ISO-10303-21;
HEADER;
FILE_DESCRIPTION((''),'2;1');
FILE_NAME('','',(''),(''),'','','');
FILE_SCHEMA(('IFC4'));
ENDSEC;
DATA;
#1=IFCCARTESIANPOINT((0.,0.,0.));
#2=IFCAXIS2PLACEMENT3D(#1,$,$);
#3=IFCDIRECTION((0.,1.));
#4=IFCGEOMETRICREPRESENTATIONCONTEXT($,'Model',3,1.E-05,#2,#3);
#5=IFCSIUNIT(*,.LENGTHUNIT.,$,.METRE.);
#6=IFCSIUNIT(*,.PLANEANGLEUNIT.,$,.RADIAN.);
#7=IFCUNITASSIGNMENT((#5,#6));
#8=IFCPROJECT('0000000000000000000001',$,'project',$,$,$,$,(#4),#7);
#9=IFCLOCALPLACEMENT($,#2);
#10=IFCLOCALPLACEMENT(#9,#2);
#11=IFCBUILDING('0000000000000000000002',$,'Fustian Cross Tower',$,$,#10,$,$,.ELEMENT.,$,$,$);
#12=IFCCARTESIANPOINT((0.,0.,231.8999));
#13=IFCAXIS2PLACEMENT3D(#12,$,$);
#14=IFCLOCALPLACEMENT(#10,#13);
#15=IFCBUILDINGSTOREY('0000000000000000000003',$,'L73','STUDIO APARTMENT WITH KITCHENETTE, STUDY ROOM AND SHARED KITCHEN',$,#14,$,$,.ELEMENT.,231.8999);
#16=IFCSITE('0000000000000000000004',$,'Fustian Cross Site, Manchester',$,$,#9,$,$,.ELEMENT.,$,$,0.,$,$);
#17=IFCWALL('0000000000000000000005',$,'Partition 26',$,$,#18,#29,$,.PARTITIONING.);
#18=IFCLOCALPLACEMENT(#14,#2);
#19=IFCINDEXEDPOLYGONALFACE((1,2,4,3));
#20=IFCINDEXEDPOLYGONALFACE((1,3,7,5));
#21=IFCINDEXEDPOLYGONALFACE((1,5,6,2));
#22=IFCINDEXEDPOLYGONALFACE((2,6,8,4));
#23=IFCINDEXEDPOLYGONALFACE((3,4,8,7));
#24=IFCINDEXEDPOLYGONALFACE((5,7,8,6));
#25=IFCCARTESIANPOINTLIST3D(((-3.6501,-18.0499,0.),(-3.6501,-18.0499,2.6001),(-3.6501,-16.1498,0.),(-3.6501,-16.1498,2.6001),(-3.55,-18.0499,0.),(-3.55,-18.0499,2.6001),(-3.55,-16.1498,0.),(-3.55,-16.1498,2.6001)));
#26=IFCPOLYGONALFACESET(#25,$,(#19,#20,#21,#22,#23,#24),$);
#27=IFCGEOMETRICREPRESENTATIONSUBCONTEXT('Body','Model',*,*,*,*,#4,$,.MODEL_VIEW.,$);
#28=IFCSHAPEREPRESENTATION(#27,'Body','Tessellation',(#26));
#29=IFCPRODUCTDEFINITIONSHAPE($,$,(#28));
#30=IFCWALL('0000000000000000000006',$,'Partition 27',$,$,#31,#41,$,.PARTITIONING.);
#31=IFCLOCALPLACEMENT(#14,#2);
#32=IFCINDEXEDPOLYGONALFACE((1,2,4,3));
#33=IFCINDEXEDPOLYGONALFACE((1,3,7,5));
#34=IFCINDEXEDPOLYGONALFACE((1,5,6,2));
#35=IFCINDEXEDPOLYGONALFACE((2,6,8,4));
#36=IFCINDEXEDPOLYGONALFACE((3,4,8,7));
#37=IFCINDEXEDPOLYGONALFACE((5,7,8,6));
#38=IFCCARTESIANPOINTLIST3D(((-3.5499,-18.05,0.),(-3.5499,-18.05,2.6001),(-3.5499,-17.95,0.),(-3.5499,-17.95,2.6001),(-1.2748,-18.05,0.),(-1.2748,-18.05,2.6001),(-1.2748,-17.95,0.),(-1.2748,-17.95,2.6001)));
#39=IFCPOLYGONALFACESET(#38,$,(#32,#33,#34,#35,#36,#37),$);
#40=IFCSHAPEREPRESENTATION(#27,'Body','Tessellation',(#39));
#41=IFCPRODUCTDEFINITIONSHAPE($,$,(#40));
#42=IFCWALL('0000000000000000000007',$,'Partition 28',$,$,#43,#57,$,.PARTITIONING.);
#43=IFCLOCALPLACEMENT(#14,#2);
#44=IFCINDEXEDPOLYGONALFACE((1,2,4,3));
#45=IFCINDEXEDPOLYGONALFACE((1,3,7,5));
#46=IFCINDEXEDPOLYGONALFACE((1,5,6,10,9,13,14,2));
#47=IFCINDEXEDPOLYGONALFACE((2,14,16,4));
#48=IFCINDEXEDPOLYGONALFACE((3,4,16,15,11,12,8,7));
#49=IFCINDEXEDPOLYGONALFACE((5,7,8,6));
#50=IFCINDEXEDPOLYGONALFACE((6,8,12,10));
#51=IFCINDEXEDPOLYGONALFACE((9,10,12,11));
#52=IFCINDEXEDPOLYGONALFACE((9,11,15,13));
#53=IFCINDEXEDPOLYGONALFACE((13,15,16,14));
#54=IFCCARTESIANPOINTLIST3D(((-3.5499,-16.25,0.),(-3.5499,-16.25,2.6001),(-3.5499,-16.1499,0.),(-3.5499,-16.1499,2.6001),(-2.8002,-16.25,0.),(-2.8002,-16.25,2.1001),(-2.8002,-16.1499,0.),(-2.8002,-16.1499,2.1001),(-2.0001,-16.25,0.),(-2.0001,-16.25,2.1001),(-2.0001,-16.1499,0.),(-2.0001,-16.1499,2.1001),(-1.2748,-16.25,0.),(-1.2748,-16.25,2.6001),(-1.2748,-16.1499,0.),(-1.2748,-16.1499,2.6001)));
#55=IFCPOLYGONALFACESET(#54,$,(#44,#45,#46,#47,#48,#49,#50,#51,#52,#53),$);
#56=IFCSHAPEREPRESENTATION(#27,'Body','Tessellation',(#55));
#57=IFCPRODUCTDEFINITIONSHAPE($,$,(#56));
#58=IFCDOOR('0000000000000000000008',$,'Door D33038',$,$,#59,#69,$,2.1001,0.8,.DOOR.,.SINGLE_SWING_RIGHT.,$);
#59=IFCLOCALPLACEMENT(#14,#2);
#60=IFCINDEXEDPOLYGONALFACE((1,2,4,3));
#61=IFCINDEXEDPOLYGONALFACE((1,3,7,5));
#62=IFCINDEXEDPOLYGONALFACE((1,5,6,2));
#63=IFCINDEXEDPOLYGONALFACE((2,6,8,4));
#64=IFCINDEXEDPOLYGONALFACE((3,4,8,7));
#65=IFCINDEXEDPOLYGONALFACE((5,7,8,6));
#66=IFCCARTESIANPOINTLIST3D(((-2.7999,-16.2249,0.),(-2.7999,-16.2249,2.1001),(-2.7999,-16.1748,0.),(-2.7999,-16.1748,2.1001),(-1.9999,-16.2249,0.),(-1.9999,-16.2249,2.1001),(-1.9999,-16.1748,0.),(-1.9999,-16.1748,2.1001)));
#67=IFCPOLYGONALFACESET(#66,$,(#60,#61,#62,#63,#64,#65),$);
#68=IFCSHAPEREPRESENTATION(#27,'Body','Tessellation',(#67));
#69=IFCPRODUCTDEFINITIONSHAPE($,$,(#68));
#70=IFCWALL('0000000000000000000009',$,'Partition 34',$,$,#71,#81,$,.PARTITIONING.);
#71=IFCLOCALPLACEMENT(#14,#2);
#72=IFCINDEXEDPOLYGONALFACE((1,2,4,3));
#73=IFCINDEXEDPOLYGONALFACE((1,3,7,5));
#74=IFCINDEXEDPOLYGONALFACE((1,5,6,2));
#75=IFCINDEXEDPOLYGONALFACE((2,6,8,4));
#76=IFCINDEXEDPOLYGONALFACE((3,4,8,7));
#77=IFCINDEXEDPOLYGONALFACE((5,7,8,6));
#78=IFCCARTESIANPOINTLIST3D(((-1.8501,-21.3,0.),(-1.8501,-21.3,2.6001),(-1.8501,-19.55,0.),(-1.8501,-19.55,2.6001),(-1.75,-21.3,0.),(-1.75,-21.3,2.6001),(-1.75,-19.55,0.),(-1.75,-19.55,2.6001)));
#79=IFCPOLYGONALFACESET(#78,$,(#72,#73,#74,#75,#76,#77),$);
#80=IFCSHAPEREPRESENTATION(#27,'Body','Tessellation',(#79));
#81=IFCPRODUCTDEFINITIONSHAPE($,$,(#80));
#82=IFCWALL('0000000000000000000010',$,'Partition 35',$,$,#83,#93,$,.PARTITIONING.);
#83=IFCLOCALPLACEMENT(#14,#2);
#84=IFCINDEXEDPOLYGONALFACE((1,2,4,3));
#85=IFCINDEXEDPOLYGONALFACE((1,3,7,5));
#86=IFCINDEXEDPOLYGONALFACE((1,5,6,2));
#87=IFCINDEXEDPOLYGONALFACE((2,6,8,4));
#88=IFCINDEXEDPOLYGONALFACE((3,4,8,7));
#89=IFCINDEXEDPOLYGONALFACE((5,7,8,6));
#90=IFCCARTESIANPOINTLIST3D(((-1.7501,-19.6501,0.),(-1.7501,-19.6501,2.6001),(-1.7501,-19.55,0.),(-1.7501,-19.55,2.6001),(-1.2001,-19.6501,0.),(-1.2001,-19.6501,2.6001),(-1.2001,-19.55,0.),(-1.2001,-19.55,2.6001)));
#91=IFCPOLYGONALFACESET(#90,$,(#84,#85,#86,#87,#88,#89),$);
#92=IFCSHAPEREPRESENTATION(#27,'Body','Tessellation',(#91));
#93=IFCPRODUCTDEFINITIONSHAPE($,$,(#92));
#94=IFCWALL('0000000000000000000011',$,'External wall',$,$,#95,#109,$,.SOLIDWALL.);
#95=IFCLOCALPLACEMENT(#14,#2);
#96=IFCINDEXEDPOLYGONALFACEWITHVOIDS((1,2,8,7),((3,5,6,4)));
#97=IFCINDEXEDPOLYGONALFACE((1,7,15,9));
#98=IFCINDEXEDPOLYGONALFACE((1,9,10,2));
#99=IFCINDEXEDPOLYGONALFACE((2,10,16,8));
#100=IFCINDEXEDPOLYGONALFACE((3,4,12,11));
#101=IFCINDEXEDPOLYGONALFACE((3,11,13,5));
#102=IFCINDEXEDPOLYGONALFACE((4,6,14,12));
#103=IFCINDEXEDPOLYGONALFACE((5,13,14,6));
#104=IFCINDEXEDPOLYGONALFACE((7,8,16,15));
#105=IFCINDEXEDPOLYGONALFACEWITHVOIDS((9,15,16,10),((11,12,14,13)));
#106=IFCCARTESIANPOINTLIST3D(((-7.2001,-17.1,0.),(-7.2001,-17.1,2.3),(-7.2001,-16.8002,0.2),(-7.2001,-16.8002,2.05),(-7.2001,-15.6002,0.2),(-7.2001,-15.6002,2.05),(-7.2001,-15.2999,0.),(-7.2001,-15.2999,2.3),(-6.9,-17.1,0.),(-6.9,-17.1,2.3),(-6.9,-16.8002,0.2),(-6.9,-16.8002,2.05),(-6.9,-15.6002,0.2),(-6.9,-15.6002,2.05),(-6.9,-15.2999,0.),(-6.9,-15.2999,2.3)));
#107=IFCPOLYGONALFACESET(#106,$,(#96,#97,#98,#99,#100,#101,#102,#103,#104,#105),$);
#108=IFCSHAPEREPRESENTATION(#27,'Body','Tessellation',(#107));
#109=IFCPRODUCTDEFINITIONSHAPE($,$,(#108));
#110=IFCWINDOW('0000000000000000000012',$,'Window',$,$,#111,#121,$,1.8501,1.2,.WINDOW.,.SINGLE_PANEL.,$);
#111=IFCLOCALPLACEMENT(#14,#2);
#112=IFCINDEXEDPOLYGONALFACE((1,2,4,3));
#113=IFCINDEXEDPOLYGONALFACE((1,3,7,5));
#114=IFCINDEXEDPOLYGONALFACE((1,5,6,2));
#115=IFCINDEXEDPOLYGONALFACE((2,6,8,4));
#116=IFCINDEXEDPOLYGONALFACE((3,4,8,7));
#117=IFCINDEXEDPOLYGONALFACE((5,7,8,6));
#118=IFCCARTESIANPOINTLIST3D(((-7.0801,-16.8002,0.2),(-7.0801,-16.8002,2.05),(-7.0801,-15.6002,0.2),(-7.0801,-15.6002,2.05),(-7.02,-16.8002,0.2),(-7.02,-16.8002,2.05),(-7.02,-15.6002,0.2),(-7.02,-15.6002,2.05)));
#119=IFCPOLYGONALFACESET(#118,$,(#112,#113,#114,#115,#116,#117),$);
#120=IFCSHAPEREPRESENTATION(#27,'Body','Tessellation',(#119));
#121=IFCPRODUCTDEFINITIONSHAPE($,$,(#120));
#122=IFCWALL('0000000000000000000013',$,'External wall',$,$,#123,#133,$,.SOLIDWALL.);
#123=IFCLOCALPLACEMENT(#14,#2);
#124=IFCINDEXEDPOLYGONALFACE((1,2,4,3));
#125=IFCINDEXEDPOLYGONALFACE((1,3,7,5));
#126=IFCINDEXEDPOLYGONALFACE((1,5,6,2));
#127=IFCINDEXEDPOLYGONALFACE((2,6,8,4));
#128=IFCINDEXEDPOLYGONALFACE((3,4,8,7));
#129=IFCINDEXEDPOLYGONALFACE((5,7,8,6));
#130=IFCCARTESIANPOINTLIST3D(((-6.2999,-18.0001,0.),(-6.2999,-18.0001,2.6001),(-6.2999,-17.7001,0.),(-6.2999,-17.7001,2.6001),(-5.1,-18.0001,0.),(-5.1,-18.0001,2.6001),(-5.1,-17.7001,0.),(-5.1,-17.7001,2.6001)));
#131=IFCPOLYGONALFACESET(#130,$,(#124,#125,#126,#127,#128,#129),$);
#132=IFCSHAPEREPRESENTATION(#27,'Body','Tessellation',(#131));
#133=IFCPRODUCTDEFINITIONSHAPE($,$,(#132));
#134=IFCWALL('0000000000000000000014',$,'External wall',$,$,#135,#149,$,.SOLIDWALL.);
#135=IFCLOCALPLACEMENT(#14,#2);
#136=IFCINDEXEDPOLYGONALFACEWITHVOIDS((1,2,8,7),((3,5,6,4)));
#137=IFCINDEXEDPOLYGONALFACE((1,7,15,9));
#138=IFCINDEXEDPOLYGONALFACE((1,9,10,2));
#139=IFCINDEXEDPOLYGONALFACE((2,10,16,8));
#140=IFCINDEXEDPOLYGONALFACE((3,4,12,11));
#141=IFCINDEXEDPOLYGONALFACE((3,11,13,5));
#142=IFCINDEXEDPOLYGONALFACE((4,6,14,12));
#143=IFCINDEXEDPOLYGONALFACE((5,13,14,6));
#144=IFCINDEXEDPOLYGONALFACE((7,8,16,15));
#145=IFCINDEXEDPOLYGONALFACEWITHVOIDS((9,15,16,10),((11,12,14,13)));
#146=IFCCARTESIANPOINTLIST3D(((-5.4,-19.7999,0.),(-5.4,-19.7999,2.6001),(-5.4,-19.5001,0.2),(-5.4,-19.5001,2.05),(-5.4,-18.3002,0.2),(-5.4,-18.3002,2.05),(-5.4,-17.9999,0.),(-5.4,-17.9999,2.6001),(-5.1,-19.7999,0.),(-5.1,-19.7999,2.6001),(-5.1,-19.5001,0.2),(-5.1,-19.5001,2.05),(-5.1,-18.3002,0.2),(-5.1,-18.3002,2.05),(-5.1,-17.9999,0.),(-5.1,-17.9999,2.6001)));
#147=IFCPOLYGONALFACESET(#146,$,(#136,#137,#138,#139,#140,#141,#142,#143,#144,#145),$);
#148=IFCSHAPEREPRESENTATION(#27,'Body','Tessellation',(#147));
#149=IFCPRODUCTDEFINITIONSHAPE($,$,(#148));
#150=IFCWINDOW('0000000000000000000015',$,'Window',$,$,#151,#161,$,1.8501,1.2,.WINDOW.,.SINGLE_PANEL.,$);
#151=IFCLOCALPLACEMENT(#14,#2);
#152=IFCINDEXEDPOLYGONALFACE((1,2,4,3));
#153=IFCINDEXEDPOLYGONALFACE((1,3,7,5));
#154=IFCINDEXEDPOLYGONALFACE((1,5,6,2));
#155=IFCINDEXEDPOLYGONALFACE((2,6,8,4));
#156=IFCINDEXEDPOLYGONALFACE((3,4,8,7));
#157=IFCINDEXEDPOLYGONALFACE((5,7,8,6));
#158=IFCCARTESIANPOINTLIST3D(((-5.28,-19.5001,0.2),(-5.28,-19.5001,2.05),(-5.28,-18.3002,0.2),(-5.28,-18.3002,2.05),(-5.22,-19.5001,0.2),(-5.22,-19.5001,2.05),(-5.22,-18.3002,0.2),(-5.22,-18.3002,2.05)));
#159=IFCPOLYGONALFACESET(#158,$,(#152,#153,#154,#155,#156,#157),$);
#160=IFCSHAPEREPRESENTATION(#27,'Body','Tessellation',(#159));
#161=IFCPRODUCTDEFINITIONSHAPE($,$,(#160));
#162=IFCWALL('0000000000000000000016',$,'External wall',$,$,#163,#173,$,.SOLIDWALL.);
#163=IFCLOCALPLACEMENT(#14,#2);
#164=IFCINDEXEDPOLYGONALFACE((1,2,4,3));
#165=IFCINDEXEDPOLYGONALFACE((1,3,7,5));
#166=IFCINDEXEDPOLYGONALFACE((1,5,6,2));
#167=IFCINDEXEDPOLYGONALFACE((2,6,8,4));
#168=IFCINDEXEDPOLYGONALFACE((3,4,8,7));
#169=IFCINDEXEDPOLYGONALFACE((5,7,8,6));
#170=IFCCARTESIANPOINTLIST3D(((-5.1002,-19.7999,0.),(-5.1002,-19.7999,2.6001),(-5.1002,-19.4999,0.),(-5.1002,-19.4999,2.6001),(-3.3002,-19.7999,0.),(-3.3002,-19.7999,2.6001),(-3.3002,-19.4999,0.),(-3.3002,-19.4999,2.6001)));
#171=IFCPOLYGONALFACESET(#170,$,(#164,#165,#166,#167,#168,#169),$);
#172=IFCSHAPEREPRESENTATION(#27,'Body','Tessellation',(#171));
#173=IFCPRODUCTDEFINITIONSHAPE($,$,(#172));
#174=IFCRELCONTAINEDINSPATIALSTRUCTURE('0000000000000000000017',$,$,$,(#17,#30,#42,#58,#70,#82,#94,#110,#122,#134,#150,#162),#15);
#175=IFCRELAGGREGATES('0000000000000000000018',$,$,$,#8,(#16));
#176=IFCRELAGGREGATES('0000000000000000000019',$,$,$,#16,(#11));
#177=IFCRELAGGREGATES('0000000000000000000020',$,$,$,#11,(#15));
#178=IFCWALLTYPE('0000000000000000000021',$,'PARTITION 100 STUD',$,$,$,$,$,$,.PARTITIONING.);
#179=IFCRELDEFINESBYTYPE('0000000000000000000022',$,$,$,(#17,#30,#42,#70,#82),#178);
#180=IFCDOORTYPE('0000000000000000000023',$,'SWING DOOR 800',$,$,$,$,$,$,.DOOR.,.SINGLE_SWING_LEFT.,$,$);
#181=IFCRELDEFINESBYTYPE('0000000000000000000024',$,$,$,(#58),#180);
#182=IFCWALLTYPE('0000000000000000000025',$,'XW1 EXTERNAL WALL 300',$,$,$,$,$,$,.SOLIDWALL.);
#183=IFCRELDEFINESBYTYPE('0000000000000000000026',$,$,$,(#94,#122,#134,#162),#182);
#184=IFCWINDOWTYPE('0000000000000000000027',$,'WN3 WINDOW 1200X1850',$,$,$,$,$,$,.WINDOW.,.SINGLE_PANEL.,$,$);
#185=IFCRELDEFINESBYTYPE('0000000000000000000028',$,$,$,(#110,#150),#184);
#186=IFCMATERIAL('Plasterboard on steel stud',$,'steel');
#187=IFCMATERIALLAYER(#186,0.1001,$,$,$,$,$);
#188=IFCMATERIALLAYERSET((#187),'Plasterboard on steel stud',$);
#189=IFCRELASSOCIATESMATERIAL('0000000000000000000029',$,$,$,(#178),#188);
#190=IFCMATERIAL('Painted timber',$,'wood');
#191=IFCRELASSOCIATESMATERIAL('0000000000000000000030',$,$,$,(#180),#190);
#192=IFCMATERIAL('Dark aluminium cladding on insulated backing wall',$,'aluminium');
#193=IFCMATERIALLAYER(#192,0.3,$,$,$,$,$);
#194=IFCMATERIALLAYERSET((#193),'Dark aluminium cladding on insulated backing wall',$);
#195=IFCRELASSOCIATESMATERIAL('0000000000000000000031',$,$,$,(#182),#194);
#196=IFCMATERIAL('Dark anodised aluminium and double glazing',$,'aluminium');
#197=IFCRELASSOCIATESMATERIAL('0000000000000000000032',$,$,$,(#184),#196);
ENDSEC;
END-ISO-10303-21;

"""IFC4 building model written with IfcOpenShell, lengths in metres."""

from ifc_helpers import new_model, si_unit, direction, frame, frame_2d, origin, place, context, subcontext, project, spatial, rectangle, extrude, material, layer, layer_set, type_object, element, fill, save


model = new_model("IFC4")

# Units and contexts
model_context = context("Model", 3, precision=1e-05, world=origin(), true_north=direction((0.0, 1.0)))
body_context = subcontext(model_context, "Body", "Model", "MODEL_VIEW")
ifc_project = project(units=[si_unit("LENGTHUNIT", "METRE"), si_unit("PLANEANGLEUNIT", "RADIAN")], contexts=[model_context])

# Site, building, storey
site_placement = place(None, origin())
site = spatial("IfcSite", under=ifc_project, at=site_placement, Name="Fustian Cross Site, Manchester", CompositionType="ELEMENT", RefElevation=0.0)
building_placement = place(site_placement, origin())
building = spatial("IfcBuilding", under=site, at=building_placement, Name="Fustian Cross Tower", CompositionType="ELEMENT")
storey_placement = place(building_placement, frame((0.0, 0.0, 231.8999)))
storey = spatial("IfcBuildingStorey", under=building, at=storey_placement, Name="L73", Description="STUDIO APARTMENT WITH KITCHENETTE, STUDY ROOM AND SHARED KITCHEN", CompositionType="ELEMENT", Elevation=231.8999)

# Walls
ifc_material_1 = material(Name="Plasterboard on steel stud", Category="steel")
ifc_layer_1 = layer(ifc_material_1, 0.1001)
ifc_layer_set_1 = layer_set([ifc_layer_1], Name="Plasterboard on steel stud")
wall_type_1 = type_object("IfcWallType", Name="PARTITION 100 STUD", PredefinedType="PARTITIONING", material=ifc_layer_set_1)
wall_1_placement = place(storey_placement, frame((-3.6001, -18.05, 0.0), z_axis=(0.0, 0.0, 1.0), x_axis=(0.0, 1.0, 0.0)))
element("IfcWall", 1, at=wall_1_placement, inside=storey, type_object=wall_type_1, Name="Partition 26", PredefinedType="PARTITIONING", context=body_context, shape_type="SweptSolid", body=[
    extrude(rectangle(XDim=1.9001, YDim=0.1001, at=frame_2d((0.9502, 0.0))), origin(), (0.0, 0.0, 1.0), 2.6001),
])
wall_2_placement = place(storey_placement, frame((-3.55, -18.0, 0.0), z_axis=(0.0, 0.0, 1.0), x_axis=(1.0, 0.0, 0.0)))
element("IfcWall", 2, at=wall_2_placement, inside=storey, type_object=wall_type_1, Name="Partition 27", PredefinedType="PARTITIONING", context=body_context, shape_type="SweptSolid", body=[
    extrude(rectangle(XDim=2.2751, YDim=0.1001, at=frame_2d((1.1377, 0.0))), origin(), (0.0, 0.0, 1.0), 2.6001),
])

# Wall, opening, door
wall_3_placement = place(storey_placement, frame((-3.55, -16.2, 0.0), z_axis=(0.0, 0.0, 1.0), x_axis=(1.0, 0.0, 0.0)))
wall_3 = element("IfcWall", 3, at=wall_3_placement, inside=storey, type_object=wall_type_1, Name="Partition 28", PredefinedType="PARTITIONING", context=body_context, shape_type="SweptSolid", body=[
    extrude(rectangle(XDim=2.2751, YDim=0.1001, at=frame_2d((1.1377, 0.0))), origin(), (0.0, 0.0, 1.0), 2.6001),
])
opening_1_placement = place(wall_3_placement, frame((0.75, 0.0, 0.0)))
opening_1 = element("IfcOpeningElement", 4, at=opening_1_placement, cuts=wall_3, PredefinedType="OPENING", context=body_context, shape_type="SweptSolid", body=[
    extrude(rectangle(XDim=0.8, YDim=2.1001, at=frame_2d((0.3999, 1.05))), frame((0.0, 0.0601, 0.0), z_axis=(0.0, -1.0, 0.0), x_axis=(1.0, 0.0, 0.0)), (0.0, 0.0, 1.0), 0.1201),
])
ifc_material_2 = material(Name="Painted timber", Category="wood")
door_type_1 = type_object("IfcDoorType", Name="SWING DOOR 800", OperationType="SINGLE_SWING_LEFT", PredefinedType="DOOR", material=ifc_material_2)
door_1_placement = place(opening_1_placement, frame((0.8, 0.0, 0.0), z_axis=(0.0, 0.0, 1.0), x_axis=(-1.0, 0.0, 0.0)))
door_1 = element("IfcDoor", 5, at=door_1_placement, inside=storey, type_object=door_type_1, Name="Door D33038", OperationType="SINGLE_SWING_RIGHT", OverallHeight=2.1001, OverallWidth=0.8, PredefinedType="DOOR", context=body_context, shape_type="SweptSolid", body=[
    extrude(rectangle(XDim=0.8, YDim=2.1001, at=frame_2d((0.3999, 1.05))), frame((0.0, 0.0249, 0.0), z_axis=(0.0, -1.0, 0.0), x_axis=(1.0, 0.0, 0.0)), (0.0, 0.0, 1.0), 0.05),
])
fill(opening_1, door_1)

# Walls
wall_4_placement = place(storey_placement, frame((-1.8, -21.3, 0.0), z_axis=(0.0, 0.0, 1.0), x_axis=(0.0, 1.0, 0.0)))
element("IfcWall", 6, at=wall_4_placement, inside=storey, type_object=wall_type_1, Name="Partition 34", PredefinedType="PARTITIONING", context=body_context, shape_type="SweptSolid", body=[
    extrude(rectangle(XDim=1.75, YDim=0.1001, at=frame_2d((0.875, 0.0))), origin(), (0.0, 0.0, 1.0), 2.6001),
])
wall_5_placement = place(storey_placement, frame((-1.75, -19.6001, 0.0), z_axis=(0.0, 0.0, 1.0), x_axis=(1.0, 0.0, 0.0)))
element("IfcWall", 7, at=wall_5_placement, inside=storey, type_object=wall_type_1, Name="Partition 35", PredefinedType="PARTITIONING", context=body_context, shape_type="SweptSolid", body=[
    extrude(rectangle(XDim=0.55, YDim=0.1001, at=frame_2d((0.2749, 0.0))), origin(), (0.0, 0.0, 1.0), 2.6001),
])

# Wall, opening, window
ifc_material_3 = material(Name="Dark aluminium cladding on insulated backing wall", Category="aluminium")
ifc_layer_2 = layer(ifc_material_3, 0.3)
ifc_layer_set_2 = layer_set([ifc_layer_2], Name="Dark aluminium cladding on insulated backing wall")
wall_type_2 = type_object("IfcWallType", Name="XW1 EXTERNAL WALL 300", PredefinedType="SOLIDWALL", material=ifc_layer_set_2)
wall_6_placement = place(storey_placement, frame((-7.05, -15.3, 0.0), z_axis=(0.0, 0.0, 1.0), x_axis=(0.0, -1.0, 0.0)))
wall_6 = element("IfcWall", 8, at=wall_6_placement, inside=storey, type_object=wall_type_2, Name="External wall", PredefinedType="SOLIDWALL", context=body_context, shape_type="SweptSolid", body=[
    extrude(rectangle(XDim=1.8, YDim=0.3, at=frame_2d((0.8999, 0.0))), origin(), (0.0, 0.0, 1.0), 2.3),
])
opening_2_placement = place(wall_6_placement, frame((0.3, 0.0, 0.2)))
opening_2 = element("IfcOpeningElement", 9, at=opening_2_placement, cuts=wall_6, PredefinedType="OPENING", context=body_context, shape_type="SweptSolid", body=[
    extrude(rectangle(XDim=1.2, YDim=1.8501, at=frame_2d((0.6001, 0.925))), frame((0.0, 0.1599, 0.0), z_axis=(0.0, -1.0, 0.0), x_axis=(1.0, 0.0, 0.0)), (0.0, 0.0, 1.0), 0.3201),
])
ifc_material_4 = material(Name="Dark anodised aluminium and double glazing", Category="aluminium")
window_type_1 = type_object("IfcWindowType", Name="WN3 WINDOW 1200X1850", PartitioningType="SINGLE_PANEL", PredefinedType="WINDOW", material=ifc_material_4)
window_1_placement = place(opening_2_placement, origin())
window_1 = element("IfcWindow", 10, at=window_1_placement, inside=storey, type_object=window_type_1, Name="Window", OverallHeight=1.8501, OverallWidth=1.2, PartitioningType="SINGLE_PANEL", PredefinedType="WINDOW", context=body_context, shape_type="SweptSolid", body=[
    extrude(rectangle(XDim=1.2, YDim=1.8501, at=frame_2d((0.6001, 0.925))), frame((0.0, 0.03, 0.0), z_axis=(0.0, -1.0, 0.0), x_axis=(1.0, 0.0, 0.0)), (0.0, 0.0, 1.0), 0.0601),
])
fill(opening_2, window_1)

# Wall
wall_7_placement = place(storey_placement, frame((-6.3, -17.8501, 0.0), z_axis=(0.0, 0.0, 1.0), x_axis=(1.0, 0.0, 0.0)))
element("IfcWall", 11, at=wall_7_placement, inside=storey, type_object=wall_type_2, Name="External wall", PredefinedType="SOLIDWALL", context=body_context, shape_type="SweptSolid", body=[
    extrude(rectangle(XDim=1.2, YDim=0.3, at=frame_2d((0.6001, 0.0))), origin(), (0.0, 0.0, 1.0), 2.6001),
])

# Wall, opening, window
wall_8_placement = place(storey_placement, frame((-5.25, -18.0, 0.0), z_axis=(0.0, 0.0, 1.0), x_axis=(0.0, -1.0, 0.0)))
wall_8 = element("IfcWall", 12, at=wall_8_placement, inside=storey, type_object=wall_type_2, Name="External wall", PredefinedType="SOLIDWALL", context=body_context, shape_type="SweptSolid", body=[
    extrude(rectangle(XDim=1.8, YDim=0.3, at=frame_2d((0.8999, 0.0))), origin(), (0.0, 0.0, 1.0), 2.6001),
])
opening_3_placement = place(wall_8_placement, frame((0.3, 0.0, 0.2)))
opening_3 = element("IfcOpeningElement", 13, at=opening_3_placement, cuts=wall_8, PredefinedType="OPENING", context=body_context, shape_type="SweptSolid", body=[
    extrude(rectangle(XDim=1.2, YDim=1.8501, at=frame_2d((0.6001, 0.925))), frame((0.0, 0.1599, 0.0), z_axis=(0.0, -1.0, 0.0), x_axis=(1.0, 0.0, 0.0)), (0.0, 0.0, 1.0), 0.3201),
])
window_2_placement = place(opening_3_placement, origin())
window_2 = element("IfcWindow", 14, at=window_2_placement, inside=storey, type_object=window_type_1, Name="Window", OverallHeight=1.8501, OverallWidth=1.2, PartitioningType="SINGLE_PANEL", PredefinedType="WINDOW", context=body_context, shape_type="SweptSolid", body=[
    extrude(rectangle(XDim=1.2, YDim=1.8501, at=frame_2d((0.6001, 0.925))), frame((0.0, 0.03, 0.0), z_axis=(0.0, -1.0, 0.0), x_axis=(1.0, 0.0, 0.0)), (0.0, 0.0, 1.0), 0.0601),
])
fill(opening_3, window_2)

# Wall
wall_9_placement = place(storey_placement, frame((-5.1001, -19.6499, 0.0), z_axis=(0.0, 0.0, 1.0), x_axis=(1.0, 0.0, 0.0)))
element("IfcWall", 15, at=wall_9_placement, inside=storey, type_object=wall_type_2, Name="External wall", PredefinedType="SOLIDWALL", context=body_context, shape_type="SweptSolid", body=[
    extrude(rectangle(XDim=1.8, YDim=0.3, at=frame_2d((0.8999, 0.0))), origin(), (0.0, 0.0, 1.0), 2.6001),
])

save(model, "model.ifc")
